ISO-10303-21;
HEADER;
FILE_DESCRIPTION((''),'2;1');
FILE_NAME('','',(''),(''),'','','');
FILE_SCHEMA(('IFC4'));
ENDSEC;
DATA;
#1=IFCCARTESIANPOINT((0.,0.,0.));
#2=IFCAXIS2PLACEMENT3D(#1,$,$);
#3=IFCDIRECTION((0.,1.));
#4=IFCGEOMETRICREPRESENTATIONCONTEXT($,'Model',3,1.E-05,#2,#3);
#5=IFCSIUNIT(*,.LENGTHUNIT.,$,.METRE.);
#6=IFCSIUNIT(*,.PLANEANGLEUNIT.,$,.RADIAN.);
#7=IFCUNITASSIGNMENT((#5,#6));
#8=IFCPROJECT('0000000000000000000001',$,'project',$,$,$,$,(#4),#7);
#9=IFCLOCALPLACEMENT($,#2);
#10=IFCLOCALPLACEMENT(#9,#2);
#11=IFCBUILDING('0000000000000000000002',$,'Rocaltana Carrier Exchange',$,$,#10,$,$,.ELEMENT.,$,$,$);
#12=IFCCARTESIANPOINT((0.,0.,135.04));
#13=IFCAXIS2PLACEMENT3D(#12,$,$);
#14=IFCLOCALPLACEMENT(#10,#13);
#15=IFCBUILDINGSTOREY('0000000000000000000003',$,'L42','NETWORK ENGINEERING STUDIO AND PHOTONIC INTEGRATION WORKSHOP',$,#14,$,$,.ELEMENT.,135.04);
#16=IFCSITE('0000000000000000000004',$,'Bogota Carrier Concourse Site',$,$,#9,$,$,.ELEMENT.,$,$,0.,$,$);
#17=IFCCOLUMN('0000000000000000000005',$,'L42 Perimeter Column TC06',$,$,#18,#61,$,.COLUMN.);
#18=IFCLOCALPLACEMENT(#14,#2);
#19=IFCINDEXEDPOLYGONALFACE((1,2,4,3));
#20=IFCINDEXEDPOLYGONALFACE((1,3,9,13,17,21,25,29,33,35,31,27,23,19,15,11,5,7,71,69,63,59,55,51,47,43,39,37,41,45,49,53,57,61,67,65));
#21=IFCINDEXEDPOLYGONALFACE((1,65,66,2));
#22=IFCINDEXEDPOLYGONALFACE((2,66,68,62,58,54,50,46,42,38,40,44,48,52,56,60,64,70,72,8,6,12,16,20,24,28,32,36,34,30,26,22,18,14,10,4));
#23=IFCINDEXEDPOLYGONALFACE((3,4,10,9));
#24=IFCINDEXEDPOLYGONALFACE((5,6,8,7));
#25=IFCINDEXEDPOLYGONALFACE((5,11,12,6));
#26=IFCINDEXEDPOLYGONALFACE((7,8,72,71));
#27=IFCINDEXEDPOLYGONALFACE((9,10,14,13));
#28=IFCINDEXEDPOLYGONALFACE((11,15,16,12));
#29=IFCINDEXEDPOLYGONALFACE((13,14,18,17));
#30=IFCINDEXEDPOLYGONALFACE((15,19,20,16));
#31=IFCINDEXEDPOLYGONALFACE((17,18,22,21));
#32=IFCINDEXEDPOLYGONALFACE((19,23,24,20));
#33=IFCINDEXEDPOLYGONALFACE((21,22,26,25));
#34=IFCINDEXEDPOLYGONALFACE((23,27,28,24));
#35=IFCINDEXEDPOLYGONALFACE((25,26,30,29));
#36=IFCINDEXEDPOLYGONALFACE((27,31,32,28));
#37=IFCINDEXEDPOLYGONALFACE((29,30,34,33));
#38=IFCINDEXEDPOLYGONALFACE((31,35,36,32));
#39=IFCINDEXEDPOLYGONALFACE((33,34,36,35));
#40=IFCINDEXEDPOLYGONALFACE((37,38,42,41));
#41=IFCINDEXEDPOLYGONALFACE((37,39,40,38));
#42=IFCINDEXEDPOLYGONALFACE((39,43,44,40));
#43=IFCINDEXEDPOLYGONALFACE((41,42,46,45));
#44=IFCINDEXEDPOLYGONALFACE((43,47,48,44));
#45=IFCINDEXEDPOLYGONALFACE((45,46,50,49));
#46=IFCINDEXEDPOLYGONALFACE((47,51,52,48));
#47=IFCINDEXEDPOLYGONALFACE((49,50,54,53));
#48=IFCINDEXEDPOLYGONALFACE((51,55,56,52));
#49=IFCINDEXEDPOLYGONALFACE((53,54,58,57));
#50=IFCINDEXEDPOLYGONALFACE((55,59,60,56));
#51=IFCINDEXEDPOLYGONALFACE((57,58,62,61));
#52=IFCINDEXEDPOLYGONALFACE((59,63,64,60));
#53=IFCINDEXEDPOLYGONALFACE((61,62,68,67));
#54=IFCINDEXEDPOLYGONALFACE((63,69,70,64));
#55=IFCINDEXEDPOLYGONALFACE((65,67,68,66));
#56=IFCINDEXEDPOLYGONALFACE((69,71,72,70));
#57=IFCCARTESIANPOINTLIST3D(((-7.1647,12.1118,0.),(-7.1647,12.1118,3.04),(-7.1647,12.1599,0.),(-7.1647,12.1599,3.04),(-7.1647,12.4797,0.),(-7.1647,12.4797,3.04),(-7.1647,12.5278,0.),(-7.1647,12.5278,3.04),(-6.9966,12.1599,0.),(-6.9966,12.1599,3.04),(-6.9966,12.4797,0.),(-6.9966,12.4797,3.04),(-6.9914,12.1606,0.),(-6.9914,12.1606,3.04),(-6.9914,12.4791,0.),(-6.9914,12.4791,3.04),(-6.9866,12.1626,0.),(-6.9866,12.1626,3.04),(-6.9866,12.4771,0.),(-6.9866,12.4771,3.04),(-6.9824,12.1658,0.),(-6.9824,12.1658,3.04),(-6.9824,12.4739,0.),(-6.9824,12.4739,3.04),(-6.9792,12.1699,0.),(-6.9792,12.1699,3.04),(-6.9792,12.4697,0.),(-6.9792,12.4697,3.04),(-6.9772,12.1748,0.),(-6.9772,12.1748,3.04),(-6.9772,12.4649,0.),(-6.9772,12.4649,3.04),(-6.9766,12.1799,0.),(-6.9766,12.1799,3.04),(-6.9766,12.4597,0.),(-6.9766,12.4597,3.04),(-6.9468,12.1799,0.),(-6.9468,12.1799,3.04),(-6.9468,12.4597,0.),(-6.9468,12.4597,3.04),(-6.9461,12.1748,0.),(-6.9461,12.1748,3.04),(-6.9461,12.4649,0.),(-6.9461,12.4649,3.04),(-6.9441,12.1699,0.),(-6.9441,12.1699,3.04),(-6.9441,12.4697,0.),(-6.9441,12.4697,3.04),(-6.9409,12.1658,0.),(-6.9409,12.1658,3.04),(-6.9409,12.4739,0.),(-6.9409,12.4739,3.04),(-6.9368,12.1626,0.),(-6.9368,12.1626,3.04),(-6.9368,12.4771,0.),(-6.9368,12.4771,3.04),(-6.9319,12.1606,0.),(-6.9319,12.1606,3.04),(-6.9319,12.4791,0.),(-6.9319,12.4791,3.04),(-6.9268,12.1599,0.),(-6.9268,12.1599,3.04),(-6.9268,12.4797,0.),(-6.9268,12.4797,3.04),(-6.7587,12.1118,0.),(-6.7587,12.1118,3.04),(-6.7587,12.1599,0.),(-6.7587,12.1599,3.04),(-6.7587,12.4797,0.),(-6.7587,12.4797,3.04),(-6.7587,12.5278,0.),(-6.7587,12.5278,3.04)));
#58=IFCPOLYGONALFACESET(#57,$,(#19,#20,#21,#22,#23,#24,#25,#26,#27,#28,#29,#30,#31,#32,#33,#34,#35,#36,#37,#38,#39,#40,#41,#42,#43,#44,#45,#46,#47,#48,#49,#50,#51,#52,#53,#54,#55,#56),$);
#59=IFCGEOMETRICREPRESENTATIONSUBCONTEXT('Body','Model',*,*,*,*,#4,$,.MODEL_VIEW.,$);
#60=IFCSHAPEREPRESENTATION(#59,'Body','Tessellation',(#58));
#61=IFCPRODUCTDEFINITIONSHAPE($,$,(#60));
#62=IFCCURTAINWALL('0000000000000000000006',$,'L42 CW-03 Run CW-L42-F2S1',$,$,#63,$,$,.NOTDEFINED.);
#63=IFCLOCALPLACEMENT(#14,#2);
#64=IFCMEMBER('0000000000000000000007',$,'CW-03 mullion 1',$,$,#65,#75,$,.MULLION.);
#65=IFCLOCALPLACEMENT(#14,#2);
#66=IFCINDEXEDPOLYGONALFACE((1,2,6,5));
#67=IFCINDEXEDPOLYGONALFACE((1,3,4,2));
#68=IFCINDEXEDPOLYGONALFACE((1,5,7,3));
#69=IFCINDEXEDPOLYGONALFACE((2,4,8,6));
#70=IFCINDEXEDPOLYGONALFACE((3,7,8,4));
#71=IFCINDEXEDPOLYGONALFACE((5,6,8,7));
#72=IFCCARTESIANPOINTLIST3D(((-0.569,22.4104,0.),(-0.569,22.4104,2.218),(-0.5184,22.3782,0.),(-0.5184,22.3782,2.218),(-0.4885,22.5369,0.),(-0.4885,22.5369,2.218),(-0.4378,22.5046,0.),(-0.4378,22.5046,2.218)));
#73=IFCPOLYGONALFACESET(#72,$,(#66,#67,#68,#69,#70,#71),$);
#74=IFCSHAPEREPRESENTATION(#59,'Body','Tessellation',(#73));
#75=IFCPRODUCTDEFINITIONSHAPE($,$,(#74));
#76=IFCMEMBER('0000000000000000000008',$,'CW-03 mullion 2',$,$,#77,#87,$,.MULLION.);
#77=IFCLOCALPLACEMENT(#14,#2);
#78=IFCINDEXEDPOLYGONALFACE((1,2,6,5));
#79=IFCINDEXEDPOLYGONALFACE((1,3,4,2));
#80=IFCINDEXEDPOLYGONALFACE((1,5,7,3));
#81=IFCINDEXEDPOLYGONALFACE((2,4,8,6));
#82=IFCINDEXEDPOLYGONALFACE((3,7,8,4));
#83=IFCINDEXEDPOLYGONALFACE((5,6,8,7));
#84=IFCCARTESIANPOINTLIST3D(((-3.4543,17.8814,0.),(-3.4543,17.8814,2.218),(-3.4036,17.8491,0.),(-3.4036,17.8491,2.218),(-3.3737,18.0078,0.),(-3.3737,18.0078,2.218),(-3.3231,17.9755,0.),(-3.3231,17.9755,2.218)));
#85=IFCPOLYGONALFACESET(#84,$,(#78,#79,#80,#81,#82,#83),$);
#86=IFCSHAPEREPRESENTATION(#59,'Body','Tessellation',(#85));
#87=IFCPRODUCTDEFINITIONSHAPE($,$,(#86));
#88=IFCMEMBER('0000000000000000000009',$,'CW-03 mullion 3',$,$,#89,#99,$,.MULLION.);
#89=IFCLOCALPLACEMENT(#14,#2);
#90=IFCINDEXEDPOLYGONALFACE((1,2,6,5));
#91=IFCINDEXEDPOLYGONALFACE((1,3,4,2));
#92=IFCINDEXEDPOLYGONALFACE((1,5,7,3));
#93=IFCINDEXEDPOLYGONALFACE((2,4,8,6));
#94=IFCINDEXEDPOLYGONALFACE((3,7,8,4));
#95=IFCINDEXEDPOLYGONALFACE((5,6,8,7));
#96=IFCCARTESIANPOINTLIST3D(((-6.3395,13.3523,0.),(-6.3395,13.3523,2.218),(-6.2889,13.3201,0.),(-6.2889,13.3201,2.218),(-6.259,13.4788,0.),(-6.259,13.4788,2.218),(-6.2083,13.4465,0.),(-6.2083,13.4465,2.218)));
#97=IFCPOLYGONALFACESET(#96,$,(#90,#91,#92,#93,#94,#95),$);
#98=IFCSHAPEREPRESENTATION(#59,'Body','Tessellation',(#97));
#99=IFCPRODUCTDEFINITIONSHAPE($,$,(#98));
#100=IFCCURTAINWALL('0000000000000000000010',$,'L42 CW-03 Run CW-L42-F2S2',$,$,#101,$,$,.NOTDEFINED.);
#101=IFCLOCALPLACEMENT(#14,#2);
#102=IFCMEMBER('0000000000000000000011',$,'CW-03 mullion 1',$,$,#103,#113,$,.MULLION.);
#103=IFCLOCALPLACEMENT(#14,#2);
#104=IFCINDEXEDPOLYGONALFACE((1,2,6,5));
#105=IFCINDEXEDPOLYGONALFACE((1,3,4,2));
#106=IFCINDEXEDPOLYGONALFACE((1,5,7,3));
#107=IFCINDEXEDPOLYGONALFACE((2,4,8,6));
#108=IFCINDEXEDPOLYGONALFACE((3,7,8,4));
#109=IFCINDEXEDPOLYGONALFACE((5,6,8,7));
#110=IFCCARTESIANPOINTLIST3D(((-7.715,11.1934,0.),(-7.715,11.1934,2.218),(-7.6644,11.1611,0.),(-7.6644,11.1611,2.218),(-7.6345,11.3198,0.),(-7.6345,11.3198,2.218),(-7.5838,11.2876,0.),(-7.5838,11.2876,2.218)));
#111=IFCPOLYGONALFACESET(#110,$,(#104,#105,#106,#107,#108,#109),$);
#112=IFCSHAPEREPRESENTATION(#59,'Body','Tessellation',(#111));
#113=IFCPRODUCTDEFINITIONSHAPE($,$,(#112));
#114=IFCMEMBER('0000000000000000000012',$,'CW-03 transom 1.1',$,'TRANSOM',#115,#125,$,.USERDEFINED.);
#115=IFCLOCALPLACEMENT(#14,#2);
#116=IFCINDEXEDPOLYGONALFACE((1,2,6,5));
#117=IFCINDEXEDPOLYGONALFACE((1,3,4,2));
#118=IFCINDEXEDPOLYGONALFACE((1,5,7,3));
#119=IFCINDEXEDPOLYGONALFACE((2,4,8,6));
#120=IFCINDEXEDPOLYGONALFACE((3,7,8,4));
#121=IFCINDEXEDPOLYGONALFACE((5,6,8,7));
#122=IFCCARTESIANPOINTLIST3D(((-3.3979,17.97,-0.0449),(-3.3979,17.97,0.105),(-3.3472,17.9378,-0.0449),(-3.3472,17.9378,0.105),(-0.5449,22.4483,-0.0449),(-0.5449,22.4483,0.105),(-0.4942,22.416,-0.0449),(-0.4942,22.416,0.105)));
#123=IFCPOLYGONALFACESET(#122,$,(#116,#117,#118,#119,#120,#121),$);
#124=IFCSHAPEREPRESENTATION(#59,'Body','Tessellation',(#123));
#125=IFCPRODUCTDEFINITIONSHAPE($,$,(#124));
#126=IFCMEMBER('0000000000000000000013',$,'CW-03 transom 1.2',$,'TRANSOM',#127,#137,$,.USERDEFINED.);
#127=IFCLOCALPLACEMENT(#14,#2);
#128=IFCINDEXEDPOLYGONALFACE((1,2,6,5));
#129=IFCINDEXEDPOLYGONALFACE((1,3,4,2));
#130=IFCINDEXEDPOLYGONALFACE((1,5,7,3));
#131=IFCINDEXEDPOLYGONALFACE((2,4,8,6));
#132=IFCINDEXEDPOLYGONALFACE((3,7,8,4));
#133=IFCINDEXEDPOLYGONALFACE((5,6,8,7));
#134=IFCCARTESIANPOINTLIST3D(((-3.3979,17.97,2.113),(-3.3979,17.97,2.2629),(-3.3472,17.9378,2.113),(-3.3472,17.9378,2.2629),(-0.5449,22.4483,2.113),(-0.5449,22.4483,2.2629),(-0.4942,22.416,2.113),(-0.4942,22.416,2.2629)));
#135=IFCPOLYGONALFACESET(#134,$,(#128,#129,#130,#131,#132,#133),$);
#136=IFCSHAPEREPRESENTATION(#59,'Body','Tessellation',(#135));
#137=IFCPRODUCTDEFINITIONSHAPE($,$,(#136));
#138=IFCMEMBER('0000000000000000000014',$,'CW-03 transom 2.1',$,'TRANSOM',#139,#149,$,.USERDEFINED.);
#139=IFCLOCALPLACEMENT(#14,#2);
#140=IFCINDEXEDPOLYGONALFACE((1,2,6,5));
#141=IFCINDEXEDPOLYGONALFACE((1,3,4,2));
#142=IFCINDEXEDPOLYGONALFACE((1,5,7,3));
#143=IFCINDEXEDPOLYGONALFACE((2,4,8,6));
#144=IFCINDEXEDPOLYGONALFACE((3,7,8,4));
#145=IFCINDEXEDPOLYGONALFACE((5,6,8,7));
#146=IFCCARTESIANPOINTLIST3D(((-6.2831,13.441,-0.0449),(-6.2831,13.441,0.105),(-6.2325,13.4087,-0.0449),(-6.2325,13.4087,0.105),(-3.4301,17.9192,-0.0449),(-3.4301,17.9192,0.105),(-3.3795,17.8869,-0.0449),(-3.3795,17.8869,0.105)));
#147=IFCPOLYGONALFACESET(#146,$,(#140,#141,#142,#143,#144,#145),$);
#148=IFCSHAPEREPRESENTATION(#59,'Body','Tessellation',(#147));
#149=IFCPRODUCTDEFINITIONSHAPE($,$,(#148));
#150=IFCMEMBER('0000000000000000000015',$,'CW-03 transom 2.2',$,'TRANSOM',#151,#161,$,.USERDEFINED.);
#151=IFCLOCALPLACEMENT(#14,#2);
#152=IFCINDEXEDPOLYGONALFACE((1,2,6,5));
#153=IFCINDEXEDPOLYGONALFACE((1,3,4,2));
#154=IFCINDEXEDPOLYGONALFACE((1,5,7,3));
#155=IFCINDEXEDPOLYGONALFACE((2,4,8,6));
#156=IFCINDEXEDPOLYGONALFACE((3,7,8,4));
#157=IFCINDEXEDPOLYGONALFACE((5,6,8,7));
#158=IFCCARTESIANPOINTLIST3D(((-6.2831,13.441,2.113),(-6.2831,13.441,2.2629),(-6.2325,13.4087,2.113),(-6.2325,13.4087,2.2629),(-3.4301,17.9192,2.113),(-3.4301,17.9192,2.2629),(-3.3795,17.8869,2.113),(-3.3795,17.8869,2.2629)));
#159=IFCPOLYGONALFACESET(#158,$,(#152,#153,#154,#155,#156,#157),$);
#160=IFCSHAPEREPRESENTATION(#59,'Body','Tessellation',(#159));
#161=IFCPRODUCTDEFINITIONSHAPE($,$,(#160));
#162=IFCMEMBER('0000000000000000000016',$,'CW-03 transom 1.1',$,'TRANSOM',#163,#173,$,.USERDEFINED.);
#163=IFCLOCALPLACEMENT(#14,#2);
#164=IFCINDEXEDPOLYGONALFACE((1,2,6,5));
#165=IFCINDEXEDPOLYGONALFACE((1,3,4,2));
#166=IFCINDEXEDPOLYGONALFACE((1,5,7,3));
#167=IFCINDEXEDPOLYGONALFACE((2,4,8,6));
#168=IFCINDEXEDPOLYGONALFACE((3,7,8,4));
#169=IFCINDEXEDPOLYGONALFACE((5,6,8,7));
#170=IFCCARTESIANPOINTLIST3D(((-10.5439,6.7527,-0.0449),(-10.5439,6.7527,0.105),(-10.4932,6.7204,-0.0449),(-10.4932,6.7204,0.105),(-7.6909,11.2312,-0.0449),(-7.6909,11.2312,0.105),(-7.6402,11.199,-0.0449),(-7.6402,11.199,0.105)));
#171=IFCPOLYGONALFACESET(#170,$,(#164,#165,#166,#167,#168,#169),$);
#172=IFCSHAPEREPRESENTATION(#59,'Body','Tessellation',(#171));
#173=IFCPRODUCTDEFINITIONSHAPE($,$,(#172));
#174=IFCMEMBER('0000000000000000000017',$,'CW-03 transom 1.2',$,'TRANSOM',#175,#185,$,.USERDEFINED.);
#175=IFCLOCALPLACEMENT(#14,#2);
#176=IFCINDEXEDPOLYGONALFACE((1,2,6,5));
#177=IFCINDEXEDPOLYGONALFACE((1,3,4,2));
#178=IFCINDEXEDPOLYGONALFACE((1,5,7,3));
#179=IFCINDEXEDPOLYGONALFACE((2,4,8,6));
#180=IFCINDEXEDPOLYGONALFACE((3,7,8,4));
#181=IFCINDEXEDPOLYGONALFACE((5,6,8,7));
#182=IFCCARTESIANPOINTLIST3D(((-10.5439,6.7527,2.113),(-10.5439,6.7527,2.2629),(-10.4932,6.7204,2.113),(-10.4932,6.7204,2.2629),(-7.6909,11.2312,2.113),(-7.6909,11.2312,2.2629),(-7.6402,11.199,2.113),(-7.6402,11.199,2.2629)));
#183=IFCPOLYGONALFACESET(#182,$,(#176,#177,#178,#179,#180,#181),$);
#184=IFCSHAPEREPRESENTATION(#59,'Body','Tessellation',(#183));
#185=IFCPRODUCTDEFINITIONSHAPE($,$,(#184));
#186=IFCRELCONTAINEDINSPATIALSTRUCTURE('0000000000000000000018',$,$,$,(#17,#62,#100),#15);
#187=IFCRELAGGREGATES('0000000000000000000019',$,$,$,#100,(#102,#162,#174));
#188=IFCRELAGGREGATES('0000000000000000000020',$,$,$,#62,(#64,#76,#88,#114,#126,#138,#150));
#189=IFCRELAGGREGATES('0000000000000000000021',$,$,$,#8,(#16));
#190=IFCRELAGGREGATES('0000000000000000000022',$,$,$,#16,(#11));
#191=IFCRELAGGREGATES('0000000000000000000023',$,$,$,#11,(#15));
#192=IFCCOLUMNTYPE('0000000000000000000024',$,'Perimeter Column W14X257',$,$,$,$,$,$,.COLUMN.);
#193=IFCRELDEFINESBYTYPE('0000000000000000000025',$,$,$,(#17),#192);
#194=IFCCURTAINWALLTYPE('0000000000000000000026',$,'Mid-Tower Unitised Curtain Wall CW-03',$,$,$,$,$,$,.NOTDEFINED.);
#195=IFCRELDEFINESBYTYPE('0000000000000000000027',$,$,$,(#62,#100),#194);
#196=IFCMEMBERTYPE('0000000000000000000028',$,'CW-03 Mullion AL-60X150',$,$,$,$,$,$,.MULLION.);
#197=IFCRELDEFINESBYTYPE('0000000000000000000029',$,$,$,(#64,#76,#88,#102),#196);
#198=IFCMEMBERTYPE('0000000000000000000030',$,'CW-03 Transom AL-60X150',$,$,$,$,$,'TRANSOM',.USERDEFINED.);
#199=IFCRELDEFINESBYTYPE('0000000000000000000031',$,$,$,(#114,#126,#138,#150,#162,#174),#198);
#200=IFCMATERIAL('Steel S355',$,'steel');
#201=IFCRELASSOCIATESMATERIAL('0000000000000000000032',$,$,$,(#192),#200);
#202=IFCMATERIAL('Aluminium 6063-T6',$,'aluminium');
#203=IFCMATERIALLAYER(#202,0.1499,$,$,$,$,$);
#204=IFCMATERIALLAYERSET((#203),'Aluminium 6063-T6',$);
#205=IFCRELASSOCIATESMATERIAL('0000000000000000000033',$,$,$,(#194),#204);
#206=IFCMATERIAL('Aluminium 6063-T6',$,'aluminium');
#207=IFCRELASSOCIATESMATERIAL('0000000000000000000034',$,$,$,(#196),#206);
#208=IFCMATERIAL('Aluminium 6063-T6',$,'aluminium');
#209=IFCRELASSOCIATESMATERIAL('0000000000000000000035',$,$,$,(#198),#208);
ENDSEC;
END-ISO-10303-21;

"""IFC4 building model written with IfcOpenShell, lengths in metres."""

from ifc_helpers import new_model, si_unit, direction, frame, origin, origin_2d, place, context, subcontext, project, spatial, rectangle, i_section, extrude, material, layer, layer_set, material_profile, profile_set, type_object, element, aggregate, save


model = new_model("IFC4")

# Units and contexts
model_context = context("Model", 3, precision=1e-05, world=origin(), true_north=direction((0.0, 1.0)))
body_context = subcontext(model_context, "Body", "Model", "MODEL_VIEW")
ifc_project = project(units=[si_unit("LENGTHUNIT", "METRE"), si_unit("PLANEANGLEUNIT", "RADIAN")], contexts=[model_context])

# Site, building, storey
site_placement = place(None, origin())
site = spatial("IfcSite", under=ifc_project, at=site_placement, Name="Bogota Carrier Concourse Site", CompositionType="ELEMENT", RefElevation=0.0)
building_placement = place(site_placement, origin())
building = spatial("IfcBuilding", under=site, at=building_placement, Name="Rocaltana Carrier Exchange", CompositionType="ELEMENT")
storey_placement = place(building_placement, frame((0.0, 0.0, 135.04)))
storey = spatial("IfcBuildingStorey", under=building, at=storey_placement, Name="L42", Description="NETWORK ENGINEERING STUDIO AND PHOTONIC INTEGRATION WORKSHOP", CompositionType="ELEMENT", Elevation=135.04)

# Column
ifc_material_1 = material(Name="Steel S355", Category="steel")
ifc_material_profile_1 = material_profile(ifc_material_1, i_section(OverallWidth=0.406, OverallDepth=0.416, WebThickness=0.0298, FlangeThickness=0.0481, FilletRadius=0.02, at=origin_2d()), Name="W14X257")
ifc_profile_set_1 = profile_set([ifc_material_profile_1], Name="Steel S355")
column_type = type_object("IfcColumnType", Name="Perimeter Column W14X257", PredefinedType="COLUMN", material=ifc_profile_set_1)
column_placement = place(storey_placement, frame((-6.9617, 12.3198, 0.0), z_axis=(0.0, 0.0, 1.0), x_axis=(1.0, 0.0, 0.0)))
element("IfcColumn", 1, at=column_placement, inside=storey, type_object=column_type, Name="L42 Perimeter Column TC06", PredefinedType="COLUMN", context=body_context, shape_type="SweptSolid", body=[
    extrude(i_section(OverallWidth=0.406, OverallDepth=0.416, WebThickness=0.0298, FlangeThickness=0.0481, FilletRadius=0.02, at=origin_2d()), origin(), (0.0, 0.0, 1.0), 3.04),
])

# Curtain wall, members
ifc_material_2 = material(Name="Aluminium 6063-T6", Category="aluminium")
ifc_layer_1 = layer(ifc_material_2, 0.1499)
ifc_layer_set_1 = layer_set([ifc_layer_1], Name="Aluminium 6063-T6")
curtain_wall_type = type_object("IfcCurtainWallType", Name="Mid-Tower Unitised Curtain Wall CW-03", PredefinedType="NOTDEFINED", material=ifc_layer_set_1)
curtain_wall_1_placement = place(storey_placement, origin())
curtain_wall_1 = element("IfcCurtainWall", 2, at=curtain_wall_1_placement, inside=storey, type_object=curtain_wall_type, Name="L42 CW-03 Run CW-L42-F2S1", PredefinedType="NOTDEFINED")
ifc_material_3 = material(Name="Aluminium 6063-T6", Category="aluminium")
ifc_material_profile_2 = material_profile(ifc_material_3, rectangle(XDim=0.0601, YDim=0.1499, at=origin_2d()), Name="AL-60X150")
ifc_profile_set_2 = profile_set([ifc_material_profile_2], Name="Aluminium 6063-T6")
member_type_1 = type_object("IfcMemberType", Name="CW-03 Mullion AL-60X150", PredefinedType="MULLION", material=ifc_profile_set_2)
member_1_placement = place(storey_placement, frame((-0.5034, 22.4575, 0.0), z_axis=(0.0, 0.0, 1.0), x_axis=(0.843391, -0.537301, 0.0)))
member_1 = element("IfcMember", 3, at=member_1_placement, type_object=member_type_1, Name="CW-03 mullion 1", PredefinedType="MULLION", context=body_context, shape_type="SweptSolid", body=[
    extrude(rectangle(XDim=0.0601, YDim=0.1499, at=origin_2d()), origin(), (0.0, 0.0, 1.0), 2.218),
])
member_2_placement = place(storey_placement, frame((-3.3887, 17.9285, 0.0), z_axis=(0.0, 0.0, 1.0), x_axis=(0.843391, -0.537301, 0.0)))
member_2 = element("IfcMember", 4, at=member_2_placement, type_object=member_type_1, Name="CW-03 mullion 2", PredefinedType="MULLION", context=body_context, shape_type="SweptSolid", body=[
    extrude(rectangle(XDim=0.0601, YDim=0.1499, at=origin_2d()), origin(), (0.0, 0.0, 1.0), 2.218),
])
member_3_placement = place(storey_placement, frame((-6.2739, 13.3994, 0.0), z_axis=(0.0, 0.0, 1.0), x_axis=(0.843391, -0.537301, 0.0)))
member_3 = element("IfcMember", 5, at=member_3_placement, type_object=member_type_1, Name="CW-03 mullion 3", PredefinedType="MULLION", context=body_context, shape_type="SweptSolid", body=[
    extrude(rectangle(XDim=0.0601, YDim=0.1499, at=origin_2d()), origin(), (0.0, 0.0, 1.0), 2.218),
])

# Curtain wall, member
curtain_wall_2_placement = place(storey_placement, origin())
curtain_wall_2 = element("IfcCurtainWall", 6, at=curtain_wall_2_placement, inside=storey, type_object=curtain_wall_type, Name="L42 CW-03 Run CW-L42-F2S2", PredefinedType="NOTDEFINED")
member_4_placement = place(storey_placement, frame((-7.6494, 11.2405, 0.0), z_axis=(0.0, 0.0, 1.0), x_axis=(0.843391, -0.537301, 0.0)))
member_4 = element("IfcMember", 7, at=member_4_placement, type_object=member_type_1, Name="CW-03 mullion 1", PredefinedType="MULLION", context=body_context, shape_type="SweptSolid", body=[
    extrude(rectangle(XDim=0.0601, YDim=0.1499, at=origin_2d()), origin(), (0.0, 0.0, 1.0), 2.218),
])

# Members
ifc_material_4 = material(Name="Aluminium 6063-T6", Category="aluminium")
ifc_material_profile_3 = material_profile(ifc_material_4, rectangle(XDim=0.0601, YDim=0.1499, at=origin_2d()), Name="AL-60X150")
ifc_profile_set_3 = profile_set([ifc_material_profile_3], Name="Aluminium 6063-T6")
member_type_2 = type_object("IfcMemberType", Name="CW-03 Transom AL-60X150", ElementType="TRANSOM", PredefinedType="USERDEFINED", material=ifc_profile_set_3)
member_5_placement = place(storey_placement, frame((-0.5195, 22.4321, 0.03), z_axis=(-0.537307, -0.843387, 0.0), x_axis=(0.843387, -0.537307, 0.0)))
member_5 = element("IfcMember", 8, at=member_5_placement, type_object=member_type_2, Name="CW-03 transom 1.1", ObjectType="TRANSOM", PredefinedType="USERDEFINED", context=body_context, shape_type="SweptSolid", body=[
    extrude(rectangle(XDim=0.0601, YDim=0.1499, at=origin_2d()), origin(), (0.0, 0.0, 1.0), 5.3098),
])
member_6_placement = place(storey_placement, frame((-0.5195, 22.4321, 2.188), z_axis=(-0.537307, -0.843387, 0.0), x_axis=(0.843387, -0.537307, 0.0)))
member_6 = element("IfcMember", 9, at=member_6_placement, type_object=member_type_2, Name="CW-03 transom 1.2", ObjectType="TRANSOM", PredefinedType="USERDEFINED", context=body_context, shape_type="SweptSolid", body=[
    extrude(rectangle(XDim=0.0601, YDim=0.1499, at=origin_2d()), origin(), (0.0, 0.0, 1.0), 5.3098),
])
member_7_placement = place(storey_placement, frame((-3.4048, 17.9031, 0.03), z_axis=(-0.537307, -0.843387, 0.0), x_axis=(0.843387, -0.537307, 0.0)))
member_7 = element("IfcMember", 10, at=member_7_placement, type_object=member_type_2, Name="CW-03 transom 2.1", ObjectType="TRANSOM", PredefinedType="USERDEFINED", context=body_context, shape_type="SweptSolid", body=[
    extrude(rectangle(XDim=0.0601, YDim=0.1499, at=origin_2d()), origin(), (0.0, 0.0, 1.0), 5.3098),
])
member_8_placement = place(storey_placement, frame((-3.4048, 17.9031, 2.188), z_axis=(-0.537307, -0.843387, 0.0), x_axis=(0.843387, -0.537307, 0.0)))
member_8 = element("IfcMember", 11, at=member_8_placement, type_object=member_type_2, Name="CW-03 transom 2.2", ObjectType="TRANSOM", PredefinedType="USERDEFINED", context=body_context, shape_type="SweptSolid", body=[
    extrude(rectangle(XDim=0.0601, YDim=0.1499, at=origin_2d()), origin(), (0.0, 0.0, 1.0), 5.3098),
])
member_9_placement = place(storey_placement, frame((-7.6655, 11.2151, 0.03), z_axis=(-0.537286, -0.8434, 0.0), x_axis=(0.8434, -0.537286, 0.0)))
member_9 = element("IfcMember", 12, at=member_9_placement, type_object=member_type_2, Name="CW-03 transom 1.1", ObjectType="TRANSOM", PredefinedType="USERDEFINED", context=body_context, shape_type="SweptSolid", body=[
    extrude(rectangle(XDim=0.0601, YDim=0.1499, at=origin_2d()), origin(), (0.0, 0.0, 1.0), 5.3101),
])
member_10_placement = place(storey_placement, frame((-7.6655, 11.2151, 2.188), z_axis=(-0.537286, -0.8434, 0.0), x_axis=(0.8434, -0.537286, 0.0)))
member_10 = element("IfcMember", 13, at=member_10_placement, type_object=member_type_2, Name="CW-03 transom 1.2", ObjectType="TRANSOM", PredefinedType="USERDEFINED", context=body_context, shape_type="SweptSolid", body=[
    extrude(rectangle(XDim=0.0601, YDim=0.1499, at=origin_2d()), origin(), (0.0, 0.0, 1.0), 5.3101),
])
aggregate(curtain_wall_2, [member_4, member_9, member_10])

aggregate(curtain_wall_1, [member_1, member_2, member_3, member_5, member_6, member_7, member_8])

save(model, "model.ifc")
